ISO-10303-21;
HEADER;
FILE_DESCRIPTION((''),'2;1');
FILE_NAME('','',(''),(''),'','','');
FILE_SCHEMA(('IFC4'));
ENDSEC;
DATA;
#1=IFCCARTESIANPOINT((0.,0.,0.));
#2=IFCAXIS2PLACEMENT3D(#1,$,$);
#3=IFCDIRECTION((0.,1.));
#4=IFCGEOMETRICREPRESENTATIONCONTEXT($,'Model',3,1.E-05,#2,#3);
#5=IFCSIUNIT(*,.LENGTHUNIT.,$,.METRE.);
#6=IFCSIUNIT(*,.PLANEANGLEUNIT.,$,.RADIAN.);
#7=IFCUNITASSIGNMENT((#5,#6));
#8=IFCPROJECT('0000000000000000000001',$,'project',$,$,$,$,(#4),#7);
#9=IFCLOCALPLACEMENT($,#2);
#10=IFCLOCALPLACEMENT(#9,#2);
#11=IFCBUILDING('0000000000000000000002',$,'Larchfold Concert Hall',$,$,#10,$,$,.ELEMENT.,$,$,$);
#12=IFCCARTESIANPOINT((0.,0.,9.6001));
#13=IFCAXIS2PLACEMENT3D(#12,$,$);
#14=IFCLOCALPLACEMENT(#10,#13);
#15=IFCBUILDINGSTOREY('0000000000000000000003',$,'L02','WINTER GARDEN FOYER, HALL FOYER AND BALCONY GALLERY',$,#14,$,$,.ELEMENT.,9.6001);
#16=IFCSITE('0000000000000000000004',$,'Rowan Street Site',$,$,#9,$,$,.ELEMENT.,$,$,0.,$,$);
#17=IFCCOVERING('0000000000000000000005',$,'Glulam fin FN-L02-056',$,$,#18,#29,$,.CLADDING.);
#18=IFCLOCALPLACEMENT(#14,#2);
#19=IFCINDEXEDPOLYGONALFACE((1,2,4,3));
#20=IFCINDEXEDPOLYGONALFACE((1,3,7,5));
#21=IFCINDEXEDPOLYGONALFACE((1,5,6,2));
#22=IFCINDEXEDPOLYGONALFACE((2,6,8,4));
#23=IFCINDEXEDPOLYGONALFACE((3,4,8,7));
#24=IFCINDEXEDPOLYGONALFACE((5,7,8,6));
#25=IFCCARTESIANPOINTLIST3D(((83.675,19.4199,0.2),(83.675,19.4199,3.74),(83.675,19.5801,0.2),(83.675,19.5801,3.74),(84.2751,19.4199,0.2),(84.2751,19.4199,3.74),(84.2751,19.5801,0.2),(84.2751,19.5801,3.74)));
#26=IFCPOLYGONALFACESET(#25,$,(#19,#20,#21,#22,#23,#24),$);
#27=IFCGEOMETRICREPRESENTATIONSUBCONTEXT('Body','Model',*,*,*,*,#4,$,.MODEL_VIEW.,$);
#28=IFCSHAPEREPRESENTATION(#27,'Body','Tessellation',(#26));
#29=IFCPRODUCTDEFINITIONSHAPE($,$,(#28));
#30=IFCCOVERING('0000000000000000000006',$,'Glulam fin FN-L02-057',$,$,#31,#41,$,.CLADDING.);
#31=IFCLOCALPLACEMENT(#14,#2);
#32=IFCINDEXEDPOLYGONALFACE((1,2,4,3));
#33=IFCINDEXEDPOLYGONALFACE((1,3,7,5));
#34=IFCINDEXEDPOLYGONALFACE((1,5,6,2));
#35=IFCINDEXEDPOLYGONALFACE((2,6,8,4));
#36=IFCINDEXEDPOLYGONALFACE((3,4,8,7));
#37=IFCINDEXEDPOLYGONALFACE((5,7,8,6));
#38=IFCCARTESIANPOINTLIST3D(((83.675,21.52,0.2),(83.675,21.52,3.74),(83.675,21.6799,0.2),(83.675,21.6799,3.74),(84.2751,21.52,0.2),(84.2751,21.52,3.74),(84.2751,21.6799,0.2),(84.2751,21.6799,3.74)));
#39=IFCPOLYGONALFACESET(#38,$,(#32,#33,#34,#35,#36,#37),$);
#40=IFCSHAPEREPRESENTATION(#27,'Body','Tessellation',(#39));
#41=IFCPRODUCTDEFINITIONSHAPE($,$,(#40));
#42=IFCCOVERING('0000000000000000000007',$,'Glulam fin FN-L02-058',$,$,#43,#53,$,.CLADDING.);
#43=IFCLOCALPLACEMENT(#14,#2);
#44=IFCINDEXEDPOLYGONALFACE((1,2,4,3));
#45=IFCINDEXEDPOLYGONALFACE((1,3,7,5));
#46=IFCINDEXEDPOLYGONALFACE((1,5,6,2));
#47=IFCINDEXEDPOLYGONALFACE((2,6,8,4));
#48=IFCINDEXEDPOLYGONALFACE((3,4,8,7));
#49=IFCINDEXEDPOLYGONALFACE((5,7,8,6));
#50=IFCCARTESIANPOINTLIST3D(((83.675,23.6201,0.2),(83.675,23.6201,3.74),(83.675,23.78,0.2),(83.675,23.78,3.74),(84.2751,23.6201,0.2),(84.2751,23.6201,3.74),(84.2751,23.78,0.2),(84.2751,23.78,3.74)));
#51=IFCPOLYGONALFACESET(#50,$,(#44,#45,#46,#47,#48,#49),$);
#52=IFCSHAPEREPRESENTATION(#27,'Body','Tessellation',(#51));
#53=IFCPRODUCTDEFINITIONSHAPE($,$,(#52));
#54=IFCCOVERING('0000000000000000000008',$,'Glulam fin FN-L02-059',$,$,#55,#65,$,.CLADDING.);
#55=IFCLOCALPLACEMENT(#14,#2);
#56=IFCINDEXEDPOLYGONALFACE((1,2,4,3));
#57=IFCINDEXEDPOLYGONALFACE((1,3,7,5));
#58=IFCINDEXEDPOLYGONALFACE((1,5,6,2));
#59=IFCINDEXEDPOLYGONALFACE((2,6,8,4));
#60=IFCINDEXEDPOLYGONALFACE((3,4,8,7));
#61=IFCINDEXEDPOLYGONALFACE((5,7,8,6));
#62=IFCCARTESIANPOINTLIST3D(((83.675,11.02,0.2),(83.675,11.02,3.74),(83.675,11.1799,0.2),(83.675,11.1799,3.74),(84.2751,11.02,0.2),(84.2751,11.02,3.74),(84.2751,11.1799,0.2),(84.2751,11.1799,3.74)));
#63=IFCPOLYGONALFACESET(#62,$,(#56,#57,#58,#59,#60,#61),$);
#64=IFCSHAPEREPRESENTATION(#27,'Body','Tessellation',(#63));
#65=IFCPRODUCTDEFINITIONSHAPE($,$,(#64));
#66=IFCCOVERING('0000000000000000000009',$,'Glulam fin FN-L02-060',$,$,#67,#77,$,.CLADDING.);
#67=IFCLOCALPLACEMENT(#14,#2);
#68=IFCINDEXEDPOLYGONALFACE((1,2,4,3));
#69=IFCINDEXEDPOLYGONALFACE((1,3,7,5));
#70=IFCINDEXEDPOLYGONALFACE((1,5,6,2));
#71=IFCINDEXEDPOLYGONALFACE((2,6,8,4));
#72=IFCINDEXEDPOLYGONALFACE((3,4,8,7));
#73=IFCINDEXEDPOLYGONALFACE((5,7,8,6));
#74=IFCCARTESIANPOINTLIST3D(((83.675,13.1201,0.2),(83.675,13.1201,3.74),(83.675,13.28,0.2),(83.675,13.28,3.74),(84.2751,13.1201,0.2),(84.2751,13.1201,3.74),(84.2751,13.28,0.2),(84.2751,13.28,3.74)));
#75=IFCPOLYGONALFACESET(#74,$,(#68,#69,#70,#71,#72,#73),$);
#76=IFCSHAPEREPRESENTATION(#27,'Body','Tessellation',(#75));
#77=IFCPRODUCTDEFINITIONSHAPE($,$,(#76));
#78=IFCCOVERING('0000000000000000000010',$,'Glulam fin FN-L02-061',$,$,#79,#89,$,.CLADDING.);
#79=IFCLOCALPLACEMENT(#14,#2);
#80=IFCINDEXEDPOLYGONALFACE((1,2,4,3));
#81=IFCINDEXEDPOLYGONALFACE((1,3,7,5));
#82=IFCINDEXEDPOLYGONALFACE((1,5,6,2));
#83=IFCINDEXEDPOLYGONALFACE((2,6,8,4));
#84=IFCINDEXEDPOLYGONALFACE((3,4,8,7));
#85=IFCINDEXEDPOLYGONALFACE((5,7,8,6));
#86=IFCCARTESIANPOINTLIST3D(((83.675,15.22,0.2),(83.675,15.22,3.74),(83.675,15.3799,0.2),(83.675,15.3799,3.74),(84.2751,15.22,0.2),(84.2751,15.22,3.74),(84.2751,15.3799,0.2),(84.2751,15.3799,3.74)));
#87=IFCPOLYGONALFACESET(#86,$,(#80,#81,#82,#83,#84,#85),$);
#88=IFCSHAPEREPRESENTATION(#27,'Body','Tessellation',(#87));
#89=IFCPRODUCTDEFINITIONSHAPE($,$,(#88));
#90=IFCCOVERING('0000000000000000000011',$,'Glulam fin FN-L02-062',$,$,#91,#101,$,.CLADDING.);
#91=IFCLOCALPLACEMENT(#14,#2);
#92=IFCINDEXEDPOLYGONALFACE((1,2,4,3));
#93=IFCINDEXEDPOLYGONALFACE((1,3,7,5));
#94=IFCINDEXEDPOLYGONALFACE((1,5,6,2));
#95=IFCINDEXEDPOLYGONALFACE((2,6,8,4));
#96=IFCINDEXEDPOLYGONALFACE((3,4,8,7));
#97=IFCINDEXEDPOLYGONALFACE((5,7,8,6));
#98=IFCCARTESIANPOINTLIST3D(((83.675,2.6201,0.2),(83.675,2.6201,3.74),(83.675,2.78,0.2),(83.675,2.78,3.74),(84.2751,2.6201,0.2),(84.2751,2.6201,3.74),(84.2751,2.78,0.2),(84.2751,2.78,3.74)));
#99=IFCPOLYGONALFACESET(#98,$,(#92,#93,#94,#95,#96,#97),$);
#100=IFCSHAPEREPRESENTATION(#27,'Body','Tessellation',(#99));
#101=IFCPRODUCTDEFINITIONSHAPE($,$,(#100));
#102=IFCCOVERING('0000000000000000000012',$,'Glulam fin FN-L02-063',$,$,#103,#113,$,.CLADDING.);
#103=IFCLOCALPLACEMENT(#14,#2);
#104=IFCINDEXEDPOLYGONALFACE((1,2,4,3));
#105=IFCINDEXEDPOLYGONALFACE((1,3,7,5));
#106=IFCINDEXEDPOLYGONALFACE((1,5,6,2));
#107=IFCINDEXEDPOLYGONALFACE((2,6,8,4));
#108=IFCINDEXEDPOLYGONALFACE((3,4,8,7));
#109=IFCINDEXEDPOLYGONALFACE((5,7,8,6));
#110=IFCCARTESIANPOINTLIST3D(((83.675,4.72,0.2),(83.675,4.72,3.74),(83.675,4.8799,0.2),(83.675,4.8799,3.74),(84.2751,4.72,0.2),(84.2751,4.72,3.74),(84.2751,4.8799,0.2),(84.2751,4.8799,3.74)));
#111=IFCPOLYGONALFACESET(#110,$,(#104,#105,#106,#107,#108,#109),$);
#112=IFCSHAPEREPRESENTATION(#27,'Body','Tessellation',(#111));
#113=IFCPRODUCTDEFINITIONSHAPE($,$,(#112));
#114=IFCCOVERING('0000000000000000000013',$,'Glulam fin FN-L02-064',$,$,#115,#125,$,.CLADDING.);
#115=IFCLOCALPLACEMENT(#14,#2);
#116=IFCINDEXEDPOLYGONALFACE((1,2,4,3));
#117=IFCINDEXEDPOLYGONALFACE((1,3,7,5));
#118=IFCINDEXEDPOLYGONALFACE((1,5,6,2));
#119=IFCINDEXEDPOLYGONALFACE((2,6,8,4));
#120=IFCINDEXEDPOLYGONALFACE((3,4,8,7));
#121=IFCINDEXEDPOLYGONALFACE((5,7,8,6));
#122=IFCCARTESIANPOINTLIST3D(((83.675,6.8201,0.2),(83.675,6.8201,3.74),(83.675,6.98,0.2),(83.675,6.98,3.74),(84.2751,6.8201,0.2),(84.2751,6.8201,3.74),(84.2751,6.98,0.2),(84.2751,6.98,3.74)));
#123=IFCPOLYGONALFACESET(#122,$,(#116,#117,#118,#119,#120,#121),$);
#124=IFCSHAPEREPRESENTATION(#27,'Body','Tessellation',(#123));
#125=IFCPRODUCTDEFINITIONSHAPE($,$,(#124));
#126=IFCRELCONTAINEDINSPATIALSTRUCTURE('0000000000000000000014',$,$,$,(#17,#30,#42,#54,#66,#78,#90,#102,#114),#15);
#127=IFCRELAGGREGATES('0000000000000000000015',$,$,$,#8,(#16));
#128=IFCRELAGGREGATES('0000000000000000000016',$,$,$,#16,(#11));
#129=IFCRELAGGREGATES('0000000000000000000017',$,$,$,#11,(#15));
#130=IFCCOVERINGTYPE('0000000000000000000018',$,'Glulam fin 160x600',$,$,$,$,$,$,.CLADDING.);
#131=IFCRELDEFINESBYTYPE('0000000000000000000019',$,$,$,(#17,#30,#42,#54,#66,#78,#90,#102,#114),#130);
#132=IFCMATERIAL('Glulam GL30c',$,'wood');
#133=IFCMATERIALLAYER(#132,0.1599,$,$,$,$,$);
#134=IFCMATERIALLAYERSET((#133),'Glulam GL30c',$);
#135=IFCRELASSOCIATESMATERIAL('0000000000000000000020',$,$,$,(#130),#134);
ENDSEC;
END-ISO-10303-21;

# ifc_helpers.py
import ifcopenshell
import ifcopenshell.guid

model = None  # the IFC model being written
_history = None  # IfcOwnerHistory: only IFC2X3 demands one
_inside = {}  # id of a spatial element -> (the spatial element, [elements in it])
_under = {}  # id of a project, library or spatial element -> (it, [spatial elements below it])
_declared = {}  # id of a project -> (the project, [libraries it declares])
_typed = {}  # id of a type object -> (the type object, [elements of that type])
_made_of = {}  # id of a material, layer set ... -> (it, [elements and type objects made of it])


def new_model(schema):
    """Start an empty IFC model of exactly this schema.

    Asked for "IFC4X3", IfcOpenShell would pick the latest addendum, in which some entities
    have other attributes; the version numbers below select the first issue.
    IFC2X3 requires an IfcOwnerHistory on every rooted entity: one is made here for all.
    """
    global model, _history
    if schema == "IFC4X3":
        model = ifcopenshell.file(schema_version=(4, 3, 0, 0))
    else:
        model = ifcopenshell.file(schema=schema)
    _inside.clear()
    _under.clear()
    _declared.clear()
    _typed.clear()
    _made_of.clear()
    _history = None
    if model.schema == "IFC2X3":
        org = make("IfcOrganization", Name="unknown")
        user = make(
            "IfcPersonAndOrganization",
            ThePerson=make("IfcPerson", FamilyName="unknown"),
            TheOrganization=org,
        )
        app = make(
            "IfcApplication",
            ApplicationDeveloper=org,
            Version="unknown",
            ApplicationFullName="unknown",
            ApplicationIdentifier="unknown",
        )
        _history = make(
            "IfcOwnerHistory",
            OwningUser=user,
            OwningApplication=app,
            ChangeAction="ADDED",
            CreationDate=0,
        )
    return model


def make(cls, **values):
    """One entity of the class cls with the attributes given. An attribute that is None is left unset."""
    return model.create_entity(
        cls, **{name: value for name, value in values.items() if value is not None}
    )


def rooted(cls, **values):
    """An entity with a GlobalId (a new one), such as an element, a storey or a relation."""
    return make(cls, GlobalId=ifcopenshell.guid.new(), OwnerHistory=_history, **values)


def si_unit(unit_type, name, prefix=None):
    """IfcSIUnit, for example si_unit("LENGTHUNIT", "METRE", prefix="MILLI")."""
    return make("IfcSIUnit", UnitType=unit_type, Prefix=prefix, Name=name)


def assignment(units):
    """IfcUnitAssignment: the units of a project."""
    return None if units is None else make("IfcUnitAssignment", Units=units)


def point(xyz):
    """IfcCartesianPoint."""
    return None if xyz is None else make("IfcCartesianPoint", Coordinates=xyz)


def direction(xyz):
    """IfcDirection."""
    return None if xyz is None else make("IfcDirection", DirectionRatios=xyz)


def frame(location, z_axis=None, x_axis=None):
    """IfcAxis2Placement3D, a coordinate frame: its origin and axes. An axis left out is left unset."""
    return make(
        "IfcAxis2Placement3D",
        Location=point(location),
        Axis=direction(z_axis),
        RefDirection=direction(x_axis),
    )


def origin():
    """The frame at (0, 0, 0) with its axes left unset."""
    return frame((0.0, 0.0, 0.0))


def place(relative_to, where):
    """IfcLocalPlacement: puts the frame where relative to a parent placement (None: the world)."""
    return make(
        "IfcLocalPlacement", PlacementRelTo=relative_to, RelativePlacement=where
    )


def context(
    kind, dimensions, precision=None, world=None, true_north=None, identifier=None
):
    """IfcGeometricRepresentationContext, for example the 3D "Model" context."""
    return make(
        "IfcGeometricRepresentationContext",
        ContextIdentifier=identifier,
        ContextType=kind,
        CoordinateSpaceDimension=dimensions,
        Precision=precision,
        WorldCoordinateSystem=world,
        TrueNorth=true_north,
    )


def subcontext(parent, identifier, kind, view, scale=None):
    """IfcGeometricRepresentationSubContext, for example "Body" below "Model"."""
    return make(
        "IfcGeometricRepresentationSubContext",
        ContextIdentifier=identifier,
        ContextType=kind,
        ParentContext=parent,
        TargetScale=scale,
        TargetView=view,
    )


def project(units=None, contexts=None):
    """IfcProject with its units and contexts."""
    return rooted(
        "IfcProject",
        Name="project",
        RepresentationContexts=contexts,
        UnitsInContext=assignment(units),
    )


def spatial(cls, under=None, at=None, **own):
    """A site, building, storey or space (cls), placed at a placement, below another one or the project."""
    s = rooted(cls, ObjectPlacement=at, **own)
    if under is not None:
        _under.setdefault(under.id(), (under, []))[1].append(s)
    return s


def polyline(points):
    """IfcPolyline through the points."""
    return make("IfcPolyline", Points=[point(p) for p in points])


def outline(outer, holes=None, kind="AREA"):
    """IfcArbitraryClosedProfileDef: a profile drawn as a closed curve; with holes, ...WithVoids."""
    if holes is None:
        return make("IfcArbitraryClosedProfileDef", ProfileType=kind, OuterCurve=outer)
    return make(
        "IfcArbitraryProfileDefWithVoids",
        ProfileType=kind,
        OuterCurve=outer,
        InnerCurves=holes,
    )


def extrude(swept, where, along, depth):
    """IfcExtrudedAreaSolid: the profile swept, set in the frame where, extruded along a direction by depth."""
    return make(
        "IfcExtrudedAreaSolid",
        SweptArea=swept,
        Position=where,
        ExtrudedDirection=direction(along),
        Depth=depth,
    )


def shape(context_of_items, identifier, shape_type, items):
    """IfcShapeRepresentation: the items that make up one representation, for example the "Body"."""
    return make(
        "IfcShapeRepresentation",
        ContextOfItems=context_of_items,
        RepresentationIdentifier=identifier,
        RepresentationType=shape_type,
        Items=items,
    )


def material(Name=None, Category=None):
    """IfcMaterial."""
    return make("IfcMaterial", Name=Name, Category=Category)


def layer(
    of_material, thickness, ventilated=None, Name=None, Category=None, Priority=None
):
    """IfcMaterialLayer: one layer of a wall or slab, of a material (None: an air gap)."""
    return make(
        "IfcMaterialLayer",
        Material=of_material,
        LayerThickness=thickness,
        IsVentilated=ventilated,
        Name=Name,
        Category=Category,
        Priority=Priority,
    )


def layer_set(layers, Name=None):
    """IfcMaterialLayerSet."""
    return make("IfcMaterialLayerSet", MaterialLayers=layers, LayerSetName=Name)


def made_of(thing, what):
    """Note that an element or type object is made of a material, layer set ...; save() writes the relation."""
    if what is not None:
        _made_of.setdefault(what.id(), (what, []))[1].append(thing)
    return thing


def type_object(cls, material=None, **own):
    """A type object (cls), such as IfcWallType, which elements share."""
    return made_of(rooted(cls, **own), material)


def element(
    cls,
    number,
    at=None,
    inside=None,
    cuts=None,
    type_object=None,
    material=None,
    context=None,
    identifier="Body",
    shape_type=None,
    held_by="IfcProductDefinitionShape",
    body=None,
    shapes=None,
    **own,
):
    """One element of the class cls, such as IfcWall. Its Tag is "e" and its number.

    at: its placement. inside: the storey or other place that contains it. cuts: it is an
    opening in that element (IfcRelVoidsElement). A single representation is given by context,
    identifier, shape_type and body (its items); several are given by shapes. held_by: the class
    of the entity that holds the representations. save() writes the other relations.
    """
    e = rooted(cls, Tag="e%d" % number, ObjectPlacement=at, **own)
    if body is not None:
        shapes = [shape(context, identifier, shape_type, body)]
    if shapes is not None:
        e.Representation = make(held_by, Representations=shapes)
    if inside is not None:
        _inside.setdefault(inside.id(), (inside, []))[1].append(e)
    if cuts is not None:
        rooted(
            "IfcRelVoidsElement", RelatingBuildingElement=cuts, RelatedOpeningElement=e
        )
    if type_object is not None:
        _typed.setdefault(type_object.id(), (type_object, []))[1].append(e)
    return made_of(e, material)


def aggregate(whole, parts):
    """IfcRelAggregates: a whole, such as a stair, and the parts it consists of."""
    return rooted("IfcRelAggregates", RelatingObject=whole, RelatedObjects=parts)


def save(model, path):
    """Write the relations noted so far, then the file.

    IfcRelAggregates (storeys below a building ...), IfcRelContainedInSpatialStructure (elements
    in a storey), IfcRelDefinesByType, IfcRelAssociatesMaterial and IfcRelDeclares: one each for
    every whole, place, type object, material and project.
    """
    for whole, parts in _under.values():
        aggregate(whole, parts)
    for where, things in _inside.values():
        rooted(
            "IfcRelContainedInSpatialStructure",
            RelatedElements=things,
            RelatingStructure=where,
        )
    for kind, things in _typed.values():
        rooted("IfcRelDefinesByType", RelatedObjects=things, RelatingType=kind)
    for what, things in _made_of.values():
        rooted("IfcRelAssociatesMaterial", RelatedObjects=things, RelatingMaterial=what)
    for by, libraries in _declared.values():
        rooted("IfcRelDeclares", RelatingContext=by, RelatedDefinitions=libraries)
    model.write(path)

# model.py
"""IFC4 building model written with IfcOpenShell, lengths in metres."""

from ifc_helpers import new_model, si_unit, direction, frame, origin, place, context, subcontext, project, spatial, polyline, outline, extrude, material, layer, layer_set, type_object, element, save


model = new_model("IFC4")

# Units and contexts
model_context = context("Model", 3, precision=1e-05, world=origin(), true_north=direction((0.0, 1.0)))
body_context = subcontext(model_context, "Body", "Model", "MODEL_VIEW")
ifc_project = project(units=[si_unit("LENGTHUNIT", "METRE"), si_unit("PLANEANGLEUNIT", "RADIAN")], contexts=[model_context])

# Site, building, storey
site_placement = place(None, origin())
site = spatial("IfcSite", under=ifc_project, at=site_placement, Name="Rowan Street Site", CompositionType="ELEMENT", RefElevation=0.0)
building_placement = place(site_placement, origin())
building = spatial("IfcBuilding", under=site, at=building_placement, Name="Larchfold Concert Hall", CompositionType="ELEMENT")
storey_placement = place(building_placement, frame((0.0, 0.0, 9.6001)))
storey = spatial("IfcBuildingStorey", under=building, at=storey_placement, Name="L02", Description="WINTER GARDEN FOYER, HALL FOYER AND BALCONY GALLERY", CompositionType="ELEMENT", Elevation=9.6001)

# Coverings
ifc_material_1 = material(Name="Glulam GL30c", Category="wood")
ifc_layer_1 = layer(ifc_material_1, 0.1599)
ifc_layer_set_1 = layer_set([ifc_layer_1], Name="Glulam GL30c")
covering_type_1 = type_object("IfcCoveringType", Name="Glulam fin 160x600", PredefinedType="CLADDING", material=ifc_layer_set_1)
covering_1_placement = place(storey_placement, frame((0.0, 0.0, 0.2)))
element("IfcCovering", 1, at=covering_1_placement, inside=storey, type_object=covering_type_1, Name="Glulam fin FN-L02-056", PredefinedType="CLADDING", context=body_context, shape_type="SweptSolid", body=[
    extrude(outline(polyline([(84.2751, 19.4199), (84.2751, 19.5801), (83.675, 19.5801), (83.675, 19.4199), (84.2751, 19.4199)])), origin(), (0.0, 0.0, 1.0), 3.54),
])
covering_2_placement = place(storey_placement, frame((0.0, 0.0, 0.2)))
element("IfcCovering", 2, at=covering_2_placement, inside=storey, type_object=covering_type_1, Name="Glulam fin FN-L02-057", PredefinedType="CLADDING", context=body_context, shape_type="SweptSolid", body=[
    extrude(outline(polyline([(84.2751, 21.52), (84.2751, 21.6799), (83.675, 21.6799), (83.675, 21.52), (84.2751, 21.52)])), origin(), (0.0, 0.0, 1.0), 3.54),
])
covering_3_placement = place(storey_placement, frame((0.0, 0.0, 0.2)))
element("IfcCovering", 3, at=covering_3_placement, inside=storey, type_object=covering_type_1, Name="Glulam fin FN-L02-058", PredefinedType="CLADDING", context=body_context, shape_type="SweptSolid", body=[
    extrude(outline(polyline([(84.2751, 23.6201), (84.2751, 23.78), (83.675, 23.78), (83.675, 23.6201), (84.2751, 23.6201)])), origin(), (0.0, 0.0, 1.0), 3.54),
])
covering_4_placement = place(storey_placement, frame((0.0, 0.0, 0.2)))
element("IfcCovering", 4, at=covering_4_placement, inside=storey, type_object=covering_type_1, Name="Glulam fin FN-L02-059", PredefinedType="CLADDING", context=body_context, shape_type="SweptSolid", body=[
    extrude(outline(polyline([(84.2751, 11.02), (84.2751, 11.1799), (83.675, 11.1799), (83.675, 11.02), (84.2751, 11.02)])), origin(), (0.0, 0.0, 1.0), 3.54),
])
covering_5_placement = place(storey_placement, frame((0.0, 0.0, 0.2)))
element("IfcCovering", 5, at=covering_5_placement, inside=storey, type_object=covering_type_1, Name="Glulam fin FN-L02-060", PredefinedType="CLADDING", context=body_context, shape_type="SweptSolid", body=[
    extrude(outline(polyline([(84.2751, 13.1201), (84.2751, 13.28), (83.675, 13.28), (83.675, 13.1201), (84.2751, 13.1201)])), origin(), (0.0, 0.0, 1.0), 3.54),
])
covering_6_placement = place(storey_placement, frame((0.0, 0.0, 0.2)))
element("IfcCovering", 6, at=covering_6_placement, inside=storey, type_object=covering_type_1, Name="Glulam fin FN-L02-061", PredefinedType="CLADDING", context=body_context, shape_type="SweptSolid", body=[
    extrude(outline(polyline([(84.2751, 15.22), (84.2751, 15.3799), (83.675, 15.3799), (83.675, 15.22), (84.2751, 15.22)])), origin(), (0.0, 0.0, 1.0), 3.54),
])
covering_7_placement = place(storey_placement, frame((0.0, 0.0, 0.2)))
element("IfcCovering", 7, at=covering_7_placement, inside=storey, type_object=covering_type_1, Name="Glulam fin FN-L02-062", PredefinedType="CLADDING", context=body_context, shape_type="SweptSolid", body=[
    extrude(outline(polyline([(84.2751, 2.6201), (84.2751, 2.78), (83.675, 2.78), (83.675, 2.6201), (84.2751, 2.6201)])), origin(), (0.0, 0.0, 1.0), 3.54),
])
covering_8_placement = place(storey_placement, frame((0.0, 0.0, 0.2)))
element("IfcCovering", 8, at=covering_8_placement, inside=storey, type_object=covering_type_1, Name="Glulam fin FN-L02-063", PredefinedType="CLADDING", context=body_context, shape_type="SweptSolid", body=[
    extrude(outline(polyline([(84.2751, 4.72), (84.2751, 4.8799), (83.675, 4.8799), (83.675, 4.72), (84.2751, 4.72)])), origin(), (0.0, 0.0, 1.0), 3.54),
])
covering_9_placement = place(storey_placement, frame((0.0, 0.0, 0.2)))
element("IfcCovering", 9, at=covering_9_placement, inside=storey, type_object=covering_type_1, Name="Glulam fin FN-L02-064", PredefinedType="CLADDING", context=body_context, shape_type="SweptSolid", body=[
    extrude(outline(polyline([(84.2751, 6.8201), (84.2751, 6.98), (83.675, 6.98), (83.675, 6.8201), (84.2751, 6.8201)])), origin(), (0.0, 0.0, 1.0), 3.54),
])

save(model, "model.ifc")
